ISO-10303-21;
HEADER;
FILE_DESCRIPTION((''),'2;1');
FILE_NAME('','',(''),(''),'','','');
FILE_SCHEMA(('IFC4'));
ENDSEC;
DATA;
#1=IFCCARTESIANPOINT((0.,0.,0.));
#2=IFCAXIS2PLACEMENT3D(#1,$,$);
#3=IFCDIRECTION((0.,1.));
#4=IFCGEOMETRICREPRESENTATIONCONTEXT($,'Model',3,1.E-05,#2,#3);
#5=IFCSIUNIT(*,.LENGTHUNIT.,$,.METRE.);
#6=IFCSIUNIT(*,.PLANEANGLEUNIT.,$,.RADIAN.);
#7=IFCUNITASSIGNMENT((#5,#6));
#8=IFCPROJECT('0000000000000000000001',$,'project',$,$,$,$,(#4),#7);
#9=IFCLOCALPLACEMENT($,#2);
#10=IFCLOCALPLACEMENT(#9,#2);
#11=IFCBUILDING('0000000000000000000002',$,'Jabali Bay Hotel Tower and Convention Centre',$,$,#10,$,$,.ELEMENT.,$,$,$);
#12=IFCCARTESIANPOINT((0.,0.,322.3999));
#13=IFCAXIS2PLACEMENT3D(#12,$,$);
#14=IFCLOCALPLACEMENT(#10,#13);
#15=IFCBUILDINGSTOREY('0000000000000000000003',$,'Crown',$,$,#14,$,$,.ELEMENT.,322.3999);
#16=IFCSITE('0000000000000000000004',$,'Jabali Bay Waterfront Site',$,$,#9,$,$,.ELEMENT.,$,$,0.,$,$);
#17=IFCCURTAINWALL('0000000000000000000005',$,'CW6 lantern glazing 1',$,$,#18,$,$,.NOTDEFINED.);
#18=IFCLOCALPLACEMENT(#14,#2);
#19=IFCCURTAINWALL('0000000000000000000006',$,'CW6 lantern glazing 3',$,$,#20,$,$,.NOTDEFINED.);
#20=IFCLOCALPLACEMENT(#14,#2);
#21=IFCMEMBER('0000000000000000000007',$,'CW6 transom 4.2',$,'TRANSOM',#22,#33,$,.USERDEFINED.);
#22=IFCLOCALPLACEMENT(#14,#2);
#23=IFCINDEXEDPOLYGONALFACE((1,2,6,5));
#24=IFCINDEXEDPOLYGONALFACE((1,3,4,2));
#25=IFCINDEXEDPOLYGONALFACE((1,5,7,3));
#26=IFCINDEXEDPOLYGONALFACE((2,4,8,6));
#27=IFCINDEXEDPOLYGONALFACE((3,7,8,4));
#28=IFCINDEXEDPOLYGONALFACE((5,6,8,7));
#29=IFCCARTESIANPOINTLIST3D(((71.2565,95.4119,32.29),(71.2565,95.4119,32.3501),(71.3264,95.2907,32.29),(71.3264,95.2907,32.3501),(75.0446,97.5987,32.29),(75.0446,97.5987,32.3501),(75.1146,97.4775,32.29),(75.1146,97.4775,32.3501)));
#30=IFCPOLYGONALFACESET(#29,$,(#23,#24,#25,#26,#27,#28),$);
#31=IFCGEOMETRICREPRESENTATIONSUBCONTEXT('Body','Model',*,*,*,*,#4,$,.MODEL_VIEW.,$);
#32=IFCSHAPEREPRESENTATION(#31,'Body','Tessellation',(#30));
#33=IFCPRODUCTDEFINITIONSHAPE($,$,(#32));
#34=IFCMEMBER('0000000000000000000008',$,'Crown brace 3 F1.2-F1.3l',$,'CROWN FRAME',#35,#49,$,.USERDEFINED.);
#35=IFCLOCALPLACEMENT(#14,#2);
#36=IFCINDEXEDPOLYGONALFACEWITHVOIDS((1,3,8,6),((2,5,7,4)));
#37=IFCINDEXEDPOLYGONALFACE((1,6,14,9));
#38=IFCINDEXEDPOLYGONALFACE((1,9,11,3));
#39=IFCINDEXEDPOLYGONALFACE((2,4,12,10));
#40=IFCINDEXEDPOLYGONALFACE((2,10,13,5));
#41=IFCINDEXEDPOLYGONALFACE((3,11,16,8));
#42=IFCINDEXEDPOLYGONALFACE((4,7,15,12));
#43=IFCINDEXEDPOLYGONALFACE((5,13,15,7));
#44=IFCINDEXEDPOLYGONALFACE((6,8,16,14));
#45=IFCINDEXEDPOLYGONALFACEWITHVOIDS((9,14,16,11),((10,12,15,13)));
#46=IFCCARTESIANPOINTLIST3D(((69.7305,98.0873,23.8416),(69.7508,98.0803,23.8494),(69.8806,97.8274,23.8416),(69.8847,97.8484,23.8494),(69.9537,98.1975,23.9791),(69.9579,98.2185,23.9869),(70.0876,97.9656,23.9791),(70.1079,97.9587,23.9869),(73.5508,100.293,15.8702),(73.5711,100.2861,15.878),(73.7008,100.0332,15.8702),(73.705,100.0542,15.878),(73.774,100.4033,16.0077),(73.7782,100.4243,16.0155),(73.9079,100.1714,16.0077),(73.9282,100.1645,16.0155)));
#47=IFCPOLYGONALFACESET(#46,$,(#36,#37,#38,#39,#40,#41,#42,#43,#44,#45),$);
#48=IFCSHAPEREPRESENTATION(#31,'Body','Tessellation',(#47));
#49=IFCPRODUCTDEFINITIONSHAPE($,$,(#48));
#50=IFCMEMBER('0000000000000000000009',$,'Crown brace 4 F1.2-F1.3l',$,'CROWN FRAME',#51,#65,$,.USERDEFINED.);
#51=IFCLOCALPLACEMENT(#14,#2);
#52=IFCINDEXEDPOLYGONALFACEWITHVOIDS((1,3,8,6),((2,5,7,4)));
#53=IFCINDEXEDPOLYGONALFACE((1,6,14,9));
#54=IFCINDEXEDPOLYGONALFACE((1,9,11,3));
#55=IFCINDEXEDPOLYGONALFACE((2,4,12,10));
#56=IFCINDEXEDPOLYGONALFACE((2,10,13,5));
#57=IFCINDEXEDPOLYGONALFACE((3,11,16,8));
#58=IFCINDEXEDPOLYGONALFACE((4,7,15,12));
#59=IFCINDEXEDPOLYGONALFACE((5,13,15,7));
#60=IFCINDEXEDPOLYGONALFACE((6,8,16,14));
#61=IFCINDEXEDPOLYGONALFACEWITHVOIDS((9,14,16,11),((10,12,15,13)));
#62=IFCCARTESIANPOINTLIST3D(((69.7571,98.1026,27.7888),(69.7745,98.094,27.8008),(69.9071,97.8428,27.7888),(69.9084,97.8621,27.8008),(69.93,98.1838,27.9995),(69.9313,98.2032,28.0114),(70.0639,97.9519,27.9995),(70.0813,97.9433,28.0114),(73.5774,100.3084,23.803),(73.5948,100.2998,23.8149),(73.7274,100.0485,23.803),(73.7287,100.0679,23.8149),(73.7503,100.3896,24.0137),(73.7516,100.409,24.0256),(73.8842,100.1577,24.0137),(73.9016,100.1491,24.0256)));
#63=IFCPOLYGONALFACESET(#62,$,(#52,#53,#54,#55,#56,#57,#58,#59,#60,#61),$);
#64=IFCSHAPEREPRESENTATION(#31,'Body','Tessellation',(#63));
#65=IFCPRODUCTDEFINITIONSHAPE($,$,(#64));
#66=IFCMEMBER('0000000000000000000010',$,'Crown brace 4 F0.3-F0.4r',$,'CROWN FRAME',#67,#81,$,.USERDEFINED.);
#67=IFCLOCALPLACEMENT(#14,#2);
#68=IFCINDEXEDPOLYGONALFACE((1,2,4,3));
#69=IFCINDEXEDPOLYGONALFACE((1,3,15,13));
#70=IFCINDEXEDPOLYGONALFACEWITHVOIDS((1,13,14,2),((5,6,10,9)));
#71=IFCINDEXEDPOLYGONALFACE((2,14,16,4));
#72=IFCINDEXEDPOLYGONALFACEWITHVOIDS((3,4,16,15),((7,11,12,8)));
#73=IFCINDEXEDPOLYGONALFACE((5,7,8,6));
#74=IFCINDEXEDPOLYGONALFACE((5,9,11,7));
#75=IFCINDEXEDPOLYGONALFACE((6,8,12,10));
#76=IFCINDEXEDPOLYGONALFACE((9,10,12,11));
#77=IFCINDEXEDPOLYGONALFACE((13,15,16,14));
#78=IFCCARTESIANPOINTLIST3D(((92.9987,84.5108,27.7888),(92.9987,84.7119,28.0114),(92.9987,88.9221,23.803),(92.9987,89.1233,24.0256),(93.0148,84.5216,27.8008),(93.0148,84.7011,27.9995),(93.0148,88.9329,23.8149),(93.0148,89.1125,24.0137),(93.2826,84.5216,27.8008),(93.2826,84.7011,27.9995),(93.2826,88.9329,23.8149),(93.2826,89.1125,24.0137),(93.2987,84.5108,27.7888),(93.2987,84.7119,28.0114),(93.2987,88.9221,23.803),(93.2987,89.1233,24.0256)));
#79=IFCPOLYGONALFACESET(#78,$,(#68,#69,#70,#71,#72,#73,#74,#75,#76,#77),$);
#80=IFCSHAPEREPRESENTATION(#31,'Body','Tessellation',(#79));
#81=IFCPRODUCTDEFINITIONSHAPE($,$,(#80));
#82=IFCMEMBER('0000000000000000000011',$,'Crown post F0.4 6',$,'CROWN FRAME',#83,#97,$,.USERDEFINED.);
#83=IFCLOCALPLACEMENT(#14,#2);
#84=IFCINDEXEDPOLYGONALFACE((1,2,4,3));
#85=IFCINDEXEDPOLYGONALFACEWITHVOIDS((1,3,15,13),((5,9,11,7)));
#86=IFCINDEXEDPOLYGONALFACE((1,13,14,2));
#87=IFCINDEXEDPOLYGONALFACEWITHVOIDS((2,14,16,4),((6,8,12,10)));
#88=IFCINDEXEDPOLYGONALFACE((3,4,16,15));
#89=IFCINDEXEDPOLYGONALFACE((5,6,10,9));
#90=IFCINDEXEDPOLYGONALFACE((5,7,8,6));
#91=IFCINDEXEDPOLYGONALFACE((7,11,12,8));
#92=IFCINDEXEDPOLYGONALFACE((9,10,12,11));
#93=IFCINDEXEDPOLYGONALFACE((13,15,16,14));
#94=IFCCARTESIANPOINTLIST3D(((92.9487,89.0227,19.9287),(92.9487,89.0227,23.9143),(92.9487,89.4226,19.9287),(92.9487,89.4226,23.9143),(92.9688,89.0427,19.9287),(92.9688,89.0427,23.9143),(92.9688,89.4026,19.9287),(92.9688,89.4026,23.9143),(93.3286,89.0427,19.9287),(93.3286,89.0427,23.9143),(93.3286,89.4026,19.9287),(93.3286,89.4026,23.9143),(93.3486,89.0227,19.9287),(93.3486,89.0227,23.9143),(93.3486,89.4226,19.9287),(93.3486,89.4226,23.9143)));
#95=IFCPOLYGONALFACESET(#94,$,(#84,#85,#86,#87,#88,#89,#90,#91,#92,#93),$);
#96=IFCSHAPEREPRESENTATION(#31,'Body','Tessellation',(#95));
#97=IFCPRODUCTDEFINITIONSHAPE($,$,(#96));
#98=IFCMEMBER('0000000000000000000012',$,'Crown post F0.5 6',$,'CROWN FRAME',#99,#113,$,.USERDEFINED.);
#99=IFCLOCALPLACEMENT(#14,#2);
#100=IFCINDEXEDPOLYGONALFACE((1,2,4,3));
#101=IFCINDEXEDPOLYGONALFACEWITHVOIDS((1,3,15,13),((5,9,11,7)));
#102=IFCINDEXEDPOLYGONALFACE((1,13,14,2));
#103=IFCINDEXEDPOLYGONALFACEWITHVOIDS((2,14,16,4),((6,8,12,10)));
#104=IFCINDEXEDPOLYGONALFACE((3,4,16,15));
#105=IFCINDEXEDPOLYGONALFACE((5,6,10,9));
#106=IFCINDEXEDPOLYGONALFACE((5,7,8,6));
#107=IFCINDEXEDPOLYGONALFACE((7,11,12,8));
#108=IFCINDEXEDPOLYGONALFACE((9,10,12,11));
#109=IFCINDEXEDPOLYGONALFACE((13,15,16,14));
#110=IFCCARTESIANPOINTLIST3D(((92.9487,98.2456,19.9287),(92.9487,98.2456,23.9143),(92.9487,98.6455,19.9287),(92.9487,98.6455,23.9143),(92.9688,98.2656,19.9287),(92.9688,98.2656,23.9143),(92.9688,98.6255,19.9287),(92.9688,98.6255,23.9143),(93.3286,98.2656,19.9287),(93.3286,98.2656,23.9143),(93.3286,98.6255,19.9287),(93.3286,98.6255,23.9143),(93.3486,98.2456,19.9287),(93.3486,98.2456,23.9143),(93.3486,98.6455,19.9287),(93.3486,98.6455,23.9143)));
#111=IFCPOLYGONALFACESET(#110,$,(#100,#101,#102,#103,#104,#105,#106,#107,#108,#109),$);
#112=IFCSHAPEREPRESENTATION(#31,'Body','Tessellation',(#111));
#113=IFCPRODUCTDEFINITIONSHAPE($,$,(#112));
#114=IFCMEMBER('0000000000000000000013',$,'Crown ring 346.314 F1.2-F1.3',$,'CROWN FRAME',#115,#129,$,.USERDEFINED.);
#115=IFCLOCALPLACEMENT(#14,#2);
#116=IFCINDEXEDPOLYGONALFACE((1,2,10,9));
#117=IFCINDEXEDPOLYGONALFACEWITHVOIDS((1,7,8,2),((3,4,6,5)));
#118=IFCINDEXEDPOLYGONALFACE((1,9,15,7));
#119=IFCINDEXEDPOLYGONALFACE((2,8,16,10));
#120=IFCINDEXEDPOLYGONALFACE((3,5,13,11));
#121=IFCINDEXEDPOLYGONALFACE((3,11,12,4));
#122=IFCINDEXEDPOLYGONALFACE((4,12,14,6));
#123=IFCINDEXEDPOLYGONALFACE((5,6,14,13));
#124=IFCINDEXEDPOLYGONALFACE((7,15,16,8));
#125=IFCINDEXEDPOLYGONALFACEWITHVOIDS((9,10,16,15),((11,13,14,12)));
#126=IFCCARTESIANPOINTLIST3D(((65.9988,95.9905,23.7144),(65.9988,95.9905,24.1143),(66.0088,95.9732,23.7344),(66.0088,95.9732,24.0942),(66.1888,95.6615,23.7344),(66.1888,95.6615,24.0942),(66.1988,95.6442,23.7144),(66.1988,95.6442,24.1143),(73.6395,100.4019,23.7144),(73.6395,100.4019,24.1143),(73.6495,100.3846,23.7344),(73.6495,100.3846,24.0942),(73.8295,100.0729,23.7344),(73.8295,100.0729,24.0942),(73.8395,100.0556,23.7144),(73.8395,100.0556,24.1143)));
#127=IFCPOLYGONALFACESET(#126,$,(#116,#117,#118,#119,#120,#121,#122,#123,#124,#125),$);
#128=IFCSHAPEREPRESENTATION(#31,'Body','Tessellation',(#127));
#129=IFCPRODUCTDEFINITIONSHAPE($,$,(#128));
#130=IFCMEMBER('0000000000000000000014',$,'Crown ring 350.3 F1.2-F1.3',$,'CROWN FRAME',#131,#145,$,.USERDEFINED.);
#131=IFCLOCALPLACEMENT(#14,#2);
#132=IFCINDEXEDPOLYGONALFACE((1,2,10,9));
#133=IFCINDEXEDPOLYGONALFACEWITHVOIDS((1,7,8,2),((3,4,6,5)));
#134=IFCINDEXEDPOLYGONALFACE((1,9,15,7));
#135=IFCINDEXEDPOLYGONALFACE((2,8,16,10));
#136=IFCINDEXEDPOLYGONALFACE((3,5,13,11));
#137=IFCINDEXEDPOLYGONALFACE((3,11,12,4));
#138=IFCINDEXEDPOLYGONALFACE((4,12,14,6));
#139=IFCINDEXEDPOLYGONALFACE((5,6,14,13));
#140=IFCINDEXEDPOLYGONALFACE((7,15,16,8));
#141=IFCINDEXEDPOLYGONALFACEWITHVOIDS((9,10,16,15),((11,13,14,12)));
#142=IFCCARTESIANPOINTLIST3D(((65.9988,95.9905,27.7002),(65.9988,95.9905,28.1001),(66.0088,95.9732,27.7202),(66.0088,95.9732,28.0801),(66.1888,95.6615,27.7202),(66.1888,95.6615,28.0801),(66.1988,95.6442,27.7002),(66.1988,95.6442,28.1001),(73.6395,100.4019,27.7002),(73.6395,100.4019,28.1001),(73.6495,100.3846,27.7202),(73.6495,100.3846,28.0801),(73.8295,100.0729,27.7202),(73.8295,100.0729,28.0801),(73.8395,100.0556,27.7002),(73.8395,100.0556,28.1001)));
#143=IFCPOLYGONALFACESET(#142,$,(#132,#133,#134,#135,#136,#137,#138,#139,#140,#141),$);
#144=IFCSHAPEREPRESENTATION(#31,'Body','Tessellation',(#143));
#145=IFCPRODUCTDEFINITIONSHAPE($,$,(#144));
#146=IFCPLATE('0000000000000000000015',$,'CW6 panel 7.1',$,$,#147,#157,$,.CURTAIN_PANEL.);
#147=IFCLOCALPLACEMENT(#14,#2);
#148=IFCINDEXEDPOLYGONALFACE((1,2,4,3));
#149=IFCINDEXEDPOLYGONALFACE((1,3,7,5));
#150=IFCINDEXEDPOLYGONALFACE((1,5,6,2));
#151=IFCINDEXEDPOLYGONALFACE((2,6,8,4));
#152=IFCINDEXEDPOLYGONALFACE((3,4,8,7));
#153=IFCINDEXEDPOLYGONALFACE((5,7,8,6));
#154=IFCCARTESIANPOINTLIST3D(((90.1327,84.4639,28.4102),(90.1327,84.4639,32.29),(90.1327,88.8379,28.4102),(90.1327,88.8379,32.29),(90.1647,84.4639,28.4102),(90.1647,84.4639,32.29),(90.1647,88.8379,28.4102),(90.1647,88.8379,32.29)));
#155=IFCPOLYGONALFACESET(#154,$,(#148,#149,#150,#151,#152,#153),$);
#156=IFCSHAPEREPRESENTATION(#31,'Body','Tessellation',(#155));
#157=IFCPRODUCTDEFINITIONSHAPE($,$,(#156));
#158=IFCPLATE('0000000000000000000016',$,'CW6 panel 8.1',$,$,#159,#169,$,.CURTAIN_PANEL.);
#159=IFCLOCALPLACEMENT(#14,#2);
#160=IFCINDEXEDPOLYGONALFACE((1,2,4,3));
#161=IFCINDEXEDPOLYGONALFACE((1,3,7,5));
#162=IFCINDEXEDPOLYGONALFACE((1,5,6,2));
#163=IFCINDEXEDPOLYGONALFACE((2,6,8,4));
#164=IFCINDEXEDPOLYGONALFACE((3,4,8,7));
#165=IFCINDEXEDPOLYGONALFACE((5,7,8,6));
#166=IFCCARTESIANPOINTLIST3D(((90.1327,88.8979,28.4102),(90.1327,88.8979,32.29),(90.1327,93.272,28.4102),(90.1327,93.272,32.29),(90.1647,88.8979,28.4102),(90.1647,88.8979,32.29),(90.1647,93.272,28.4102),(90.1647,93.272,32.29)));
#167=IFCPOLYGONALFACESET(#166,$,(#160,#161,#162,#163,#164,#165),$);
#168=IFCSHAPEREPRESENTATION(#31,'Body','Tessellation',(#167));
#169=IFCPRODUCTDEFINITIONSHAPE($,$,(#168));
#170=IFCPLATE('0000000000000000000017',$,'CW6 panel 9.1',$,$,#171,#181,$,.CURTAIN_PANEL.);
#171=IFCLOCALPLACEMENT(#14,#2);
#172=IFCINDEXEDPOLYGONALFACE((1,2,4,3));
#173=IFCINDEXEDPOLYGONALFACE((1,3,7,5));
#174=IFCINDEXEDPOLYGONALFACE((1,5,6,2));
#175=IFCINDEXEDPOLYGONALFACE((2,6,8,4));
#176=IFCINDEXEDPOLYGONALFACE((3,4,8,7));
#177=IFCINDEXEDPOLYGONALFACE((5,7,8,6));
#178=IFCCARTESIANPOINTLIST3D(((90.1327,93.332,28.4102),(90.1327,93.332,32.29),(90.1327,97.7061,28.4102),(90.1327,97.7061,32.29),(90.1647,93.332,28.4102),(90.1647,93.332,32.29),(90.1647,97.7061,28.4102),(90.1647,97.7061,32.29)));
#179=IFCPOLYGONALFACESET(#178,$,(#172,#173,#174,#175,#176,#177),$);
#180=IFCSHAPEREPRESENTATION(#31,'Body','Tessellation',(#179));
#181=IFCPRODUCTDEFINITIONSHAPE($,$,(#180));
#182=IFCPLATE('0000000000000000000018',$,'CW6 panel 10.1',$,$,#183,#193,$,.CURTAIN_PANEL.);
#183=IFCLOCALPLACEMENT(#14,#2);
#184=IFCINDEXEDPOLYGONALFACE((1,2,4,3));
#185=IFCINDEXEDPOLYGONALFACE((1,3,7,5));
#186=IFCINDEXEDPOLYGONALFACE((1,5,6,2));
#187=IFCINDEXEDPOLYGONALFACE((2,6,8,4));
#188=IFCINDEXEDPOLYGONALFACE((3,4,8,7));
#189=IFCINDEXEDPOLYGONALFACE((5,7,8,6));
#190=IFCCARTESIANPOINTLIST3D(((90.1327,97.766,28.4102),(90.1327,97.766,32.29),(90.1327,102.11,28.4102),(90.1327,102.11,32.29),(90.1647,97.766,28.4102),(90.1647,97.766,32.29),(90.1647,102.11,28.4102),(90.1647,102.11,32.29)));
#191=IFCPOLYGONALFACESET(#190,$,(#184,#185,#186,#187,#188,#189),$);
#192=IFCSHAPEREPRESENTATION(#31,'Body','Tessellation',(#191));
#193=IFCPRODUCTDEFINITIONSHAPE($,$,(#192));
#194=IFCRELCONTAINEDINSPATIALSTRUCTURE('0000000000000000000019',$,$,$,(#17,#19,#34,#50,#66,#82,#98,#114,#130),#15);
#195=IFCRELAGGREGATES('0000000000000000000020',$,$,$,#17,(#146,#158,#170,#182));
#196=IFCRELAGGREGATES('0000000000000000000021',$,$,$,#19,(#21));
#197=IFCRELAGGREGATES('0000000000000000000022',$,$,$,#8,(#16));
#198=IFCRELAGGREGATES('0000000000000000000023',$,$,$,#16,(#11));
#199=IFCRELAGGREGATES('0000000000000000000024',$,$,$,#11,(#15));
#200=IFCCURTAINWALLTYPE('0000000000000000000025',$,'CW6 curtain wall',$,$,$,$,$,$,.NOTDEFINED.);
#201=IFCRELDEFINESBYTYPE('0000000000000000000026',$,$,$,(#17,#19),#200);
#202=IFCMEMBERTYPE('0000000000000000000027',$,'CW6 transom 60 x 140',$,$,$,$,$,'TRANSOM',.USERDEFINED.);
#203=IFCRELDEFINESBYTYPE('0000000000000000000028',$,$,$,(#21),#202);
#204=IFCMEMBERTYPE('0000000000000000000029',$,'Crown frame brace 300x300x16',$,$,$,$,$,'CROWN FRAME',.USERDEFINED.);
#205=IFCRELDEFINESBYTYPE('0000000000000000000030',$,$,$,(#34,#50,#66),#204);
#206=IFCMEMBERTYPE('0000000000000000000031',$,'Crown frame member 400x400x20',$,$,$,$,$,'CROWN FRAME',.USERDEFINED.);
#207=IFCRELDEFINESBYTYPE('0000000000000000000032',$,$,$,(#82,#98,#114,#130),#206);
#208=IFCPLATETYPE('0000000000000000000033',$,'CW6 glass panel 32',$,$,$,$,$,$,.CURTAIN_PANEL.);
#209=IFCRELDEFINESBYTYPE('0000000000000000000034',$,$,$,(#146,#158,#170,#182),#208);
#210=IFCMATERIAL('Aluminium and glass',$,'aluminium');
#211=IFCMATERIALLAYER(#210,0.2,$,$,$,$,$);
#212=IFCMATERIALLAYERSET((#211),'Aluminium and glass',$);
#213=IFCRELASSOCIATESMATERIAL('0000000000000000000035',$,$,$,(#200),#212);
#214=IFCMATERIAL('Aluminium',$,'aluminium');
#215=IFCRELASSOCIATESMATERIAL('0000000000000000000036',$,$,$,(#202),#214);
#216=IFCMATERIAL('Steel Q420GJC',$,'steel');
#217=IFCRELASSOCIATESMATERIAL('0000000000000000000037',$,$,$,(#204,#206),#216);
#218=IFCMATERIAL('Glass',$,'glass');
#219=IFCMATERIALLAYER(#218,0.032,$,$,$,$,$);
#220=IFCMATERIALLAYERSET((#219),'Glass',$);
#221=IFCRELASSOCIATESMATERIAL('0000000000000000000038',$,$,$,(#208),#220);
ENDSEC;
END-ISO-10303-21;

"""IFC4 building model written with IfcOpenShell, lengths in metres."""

from ifc_helpers import new_model, si_unit, direction, frame, origin, origin_2d, place, context, subcontext, project, spatial, rectangle, hollow_rectangle, extrude, material, layer, layer_set, material_profile, profile_set, type_object, element, aggregate, save


model = new_model("IFC4")

# Units and contexts
model_context = context("Model", 3, precision=1e-05, world=origin(), true_north=direction((0.0, 1.0)))
body_context = subcontext(model_context, "Body", "Model", "MODEL_VIEW")
ifc_project = project(units=[si_unit("LENGTHUNIT", "METRE"), si_unit("PLANEANGLEUNIT", "RADIAN")], contexts=[model_context])

# Site, building, storey
site_placement = place(None, origin())
site = spatial("IfcSite", under=ifc_project, at=site_placement, Name="Jabali Bay Waterfront Site", CompositionType="ELEMENT", RefElevation=0.0)
building_placement = place(site_placement, origin())
building = spatial("IfcBuilding", under=site, at=building_placement, Name="Jabali Bay Hotel Tower and Convention Centre", CompositionType="ELEMENT")
storey_placement = place(building_placement, frame((0.0, 0.0, 322.3999)))
storey = spatial("IfcBuildingStorey", under=building, at=storey_placement, Name="Crown", CompositionType="ELEMENT", Elevation=322.3999)

# Curtain walls
ifc_material_1 = material(Name="Aluminium and glass", Category="aluminium")
ifc_layer_1 = layer(ifc_material_1, 0.2)
ifc_layer_set_1 = layer_set([ifc_layer_1], Name="Aluminium and glass")
curtain_wall_type = type_object("IfcCurtainWallType", Name="CW6 curtain wall", PredefinedType="NOTDEFINED", material=ifc_layer_set_1)
curtain_wall_1_placement = place(storey_placement, origin())
curtain_wall_1 = element("IfcCurtainWall", 1, at=curtain_wall_1_placement, inside=storey, type_object=curtain_wall_type, Name="CW6 lantern glazing 1", PredefinedType="NOTDEFINED")
ifc_material_2 = material(Name="Aluminium", Category="aluminium")
curtain_wall_2_placement = place(storey_placement, origin())
curtain_wall_2 = element("IfcCurtainWall", 2, at=curtain_wall_2_placement, inside=storey, type_object=curtain_wall_type, Name="CW6 lantern glazing 3", PredefinedType="NOTDEFINED")

# Member
ifc_material_profile_1 = material_profile(ifc_material_2, rectangle(XDim=0.1399, YDim=0.0601, at=origin_2d()), Name="CW6 transom 60 x 140")
ifc_profile_set_1 = profile_set([ifc_material_profile_1], Name="Aluminium")
member_type_1 = type_object("IfcMemberType", Name="CW6 transom 60 x 140", ElementType="TRANSOM", PredefinedType="USERDEFINED", material=ifc_profile_set_1)
member_1_placement = place(storey_placement, frame((75.0796, 97.5381, 32.3201), z_axis=(-0.866054, -0.499951, 0.0), x_axis=(0.499951, -0.866054, 0.0)))
member_1 = element("IfcMember", 3, at=member_1_placement, type_object=member_type_1, Name="CW6 transom 4.2", ObjectType="TRANSOM", PredefinedType="USERDEFINED", context=body_context, shape_type="SweptSolid", body=[
    extrude(rectangle(XDim=0.1399, YDim=0.0601, at=origin_2d()), origin(), (0.0, 0.0, 1.0), 4.374),
])

# Members
ifc_material_3 = material(Name="Steel Q420GJC", Category="steel")
ifc_material_profile_2 = material_profile(ifc_material_3, hollow_rectangle(XDim=0.3, YDim=0.3, WallThickness=0.0161, at=origin_2d()), Name="Crown frame brace 300x300x16")
ifc_profile_set_2 = profile_set([ifc_material_profile_2], Name="Steel Q420GJC")
member_type_2 = type_object("IfcMemberType", Name="Crown frame brace 300x300x16", ElementType="CROWN FRAME", PredefinedType="USERDEFINED", material=ifc_profile_set_2)
member_2_placement = place(storey_placement, frame((73.7395, 100.2288, 15.9429), z_axis=(-0.419323, -0.242113, 0.874957), x_axis=(0.500026, -0.86601, 0.0)))
element("IfcMember", 4, at=member_2_placement, inside=storey, type_object=member_type_2, Name="Crown brace 3 F1.2-F1.3l", ObjectType="CROWN FRAME", PredefinedType="USERDEFINED", context=body_context, shape_type="SweptSolid", body=[
    extrude(hollow_rectangle(XDim=0.3, YDim=0.3, WallThickness=0.0161, at=origin_2d()), origin(), (0.0, 0.0, 1.0), 9.1106),
])
for number, where, z_axis, x_axis, name in (
    (5, (73.7395, 100.2288, 23.9143), (-0.64257, -0.371014, 0.670412), (0.500026, -0.86601, 0.0), "Crown brace 4 F1.2-F1.3l"),
    (6, (93.1487, 89.0227, 23.9143), (0.0, -0.741988, 0.670413), (1.0, 0.0, 0.0), "Crown brace 4 F0.3-F0.4r"),
):
    element("IfcMember", number, at=place(storey_placement, frame(where, z_axis=z_axis, x_axis=x_axis)), inside=storey, type_object=member_type_2, Name=name, ObjectType="CROWN FRAME", PredefinedType="USERDEFINED", context=body_context, shape_type="SweptSolid", body=[
        extrude(hollow_rectangle(XDim=0.3, YDim=0.3, WallThickness=0.0161, at=origin_2d()), origin(), (0.0, 0.0, 1.0), 5.9453),
    ])
ifc_material_profile_3 = material_profile(ifc_material_3, hollow_rectangle(XDim=0.3999, YDim=0.3999, WallThickness=0.02, at=origin_2d()), Name="Crown frame member 400x400x20")
ifc_profile_set_3 = profile_set([ifc_material_profile_3], Name="Steel Q420GJC")
member_type_3 = type_object("IfcMemberType", Name="Crown frame member 400x400x20", ElementType="CROWN FRAME", PredefinedType="USERDEFINED", material=ifc_profile_set_3)
for number, where, z_axis, x_axis, name in (
    (7, (93.1487, 89.2227, 19.9287), (0.0, 0.0, 1.0), (1.0, 0.0, 0.0), "Crown post F0.4 6"),
    (8, (93.1487, 98.4456, 19.9287), (0.0, 0.0, 1.0), (1.0, 0.0, 0.0), "Crown post F0.5 6"),
):
    element("IfcMember", number, at=place(storey_placement, frame(where, z_axis=z_axis, x_axis=x_axis)), inside=storey, type_object=member_type_3, Name=name, ObjectType="CROWN FRAME", PredefinedType="USERDEFINED", context=body_context, shape_type="SweptSolid", body=[
        extrude(hollow_rectangle(XDim=0.3999, YDim=0.3999, WallThickness=0.02, at=origin_2d()), origin(), (0.0, 0.0, 1.0), 3.9856),
    ])
for number, where, z_axis, x_axis, name in (
    (9, (73.7395, 100.2288, 23.9143), (-0.866022, -0.500005, 0.0), (0.500005, -0.866022, 0.0), "Crown ring 346.314 F1.2-F1.3"),
    (10, (73.7395, 100.2288, 27.9001), (-0.866022, -0.500005, 0.0), (0.500005, -0.866022, 0.0), "Crown ring 350.3 F1.2-F1.3"),
):
    element("IfcMember", number, at=place(storey_placement, frame(where, z_axis=z_axis, x_axis=x_axis)), inside=storey, type_object=member_type_3, Name=name, ObjectType="CROWN FRAME", PredefinedType="USERDEFINED", context=body_context, shape_type="SweptSolid", body=[
        extrude(hollow_rectangle(XDim=0.3999, YDim=0.3999, WallThickness=0.02, at=origin_2d()), origin(), (0.0, 0.0, 1.0), 8.8228),
    ])

# Plates
ifc_material_4 = material(Name="Glass", Category="glass")
ifc_layer_2 = layer(ifc_material_4, 0.032)
ifc_layer_set_2 = layer_set([ifc_layer_2], Name="Glass")
plate_type = type_object("IfcPlateType", Name="CW6 glass panel 32", PredefinedType="CURTAIN_PANEL", material=ifc_layer_set_2)
plate_1_placement = place(storey_placement, frame((90.1487, 86.6509, 28.4102), z_axis=(0.0, 0.0, 1.0), x_axis=(0.0, 1.0, 0.0)))
plate_1 = element("IfcPlate", 11, at=plate_1_placement, type_object=plate_type, Name="CW6 panel 7.1", PredefinedType="CURTAIN_PANEL", context=body_context, shape_type="SweptSolid", body=[
    extrude(rectangle(XDim=4.374, YDim=0.032, at=origin_2d()), origin(), (0.0, 0.0, 1.0), 3.8799),
])
plate_2_placement = place(storey_placement, frame((90.1487, 91.085, 28.4102), z_axis=(0.0, 0.0, 1.0), x_axis=(0.0, 1.0, 0.0)))
plate_2 = element("IfcPlate", 12, at=plate_2_placement, type_object=plate_type, Name="CW6 panel 8.1", PredefinedType="CURTAIN_PANEL", context=body_context, shape_type="SweptSolid", body=[
    extrude(rectangle(XDim=4.374, YDim=0.032, at=origin_2d()), origin(), (0.0, 0.0, 1.0), 3.8799),
])
plate_3_placement = place(storey_placement, frame((90.1487, 95.519, 28.4102), z_axis=(0.0, 0.0, 1.0), x_axis=(0.0, 1.0, 0.0)))
plate_3 = element("IfcPlate", 13, at=plate_3_placement, type_object=plate_type, Name="CW6 panel 9.1", PredefinedType="CURTAIN_PANEL", context=body_context, shape_type="SweptSolid", body=[
    extrude(rectangle(XDim=4.374, YDim=0.032, at=origin_2d()), origin(), (0.0, 0.0, 1.0), 3.8799),
])
plate_4_placement = place(storey_placement, frame((90.1487, 99.938, 28.4102), z_axis=(0.0, 0.0, 1.0), x_axis=(0.0, 1.0, 0.0)))
plate_4 = element("IfcPlate", 14, at=plate_4_placement, type_object=plate_type, Name="CW6 panel 10.1", PredefinedType="CURTAIN_PANEL", context=body_context, shape_type="SweptSolid", body=[
    extrude(rectangle(XDim=4.344, YDim=0.032, at=origin_2d()), origin(), (0.0, 0.0, 1.0), 3.8799),
])
aggregate(curtain_wall_1, [plate_1, plate_2, plate_3, plate_4])
aggregate(curtain_wall_2, [member_1])

save(model, "model.ifc")
